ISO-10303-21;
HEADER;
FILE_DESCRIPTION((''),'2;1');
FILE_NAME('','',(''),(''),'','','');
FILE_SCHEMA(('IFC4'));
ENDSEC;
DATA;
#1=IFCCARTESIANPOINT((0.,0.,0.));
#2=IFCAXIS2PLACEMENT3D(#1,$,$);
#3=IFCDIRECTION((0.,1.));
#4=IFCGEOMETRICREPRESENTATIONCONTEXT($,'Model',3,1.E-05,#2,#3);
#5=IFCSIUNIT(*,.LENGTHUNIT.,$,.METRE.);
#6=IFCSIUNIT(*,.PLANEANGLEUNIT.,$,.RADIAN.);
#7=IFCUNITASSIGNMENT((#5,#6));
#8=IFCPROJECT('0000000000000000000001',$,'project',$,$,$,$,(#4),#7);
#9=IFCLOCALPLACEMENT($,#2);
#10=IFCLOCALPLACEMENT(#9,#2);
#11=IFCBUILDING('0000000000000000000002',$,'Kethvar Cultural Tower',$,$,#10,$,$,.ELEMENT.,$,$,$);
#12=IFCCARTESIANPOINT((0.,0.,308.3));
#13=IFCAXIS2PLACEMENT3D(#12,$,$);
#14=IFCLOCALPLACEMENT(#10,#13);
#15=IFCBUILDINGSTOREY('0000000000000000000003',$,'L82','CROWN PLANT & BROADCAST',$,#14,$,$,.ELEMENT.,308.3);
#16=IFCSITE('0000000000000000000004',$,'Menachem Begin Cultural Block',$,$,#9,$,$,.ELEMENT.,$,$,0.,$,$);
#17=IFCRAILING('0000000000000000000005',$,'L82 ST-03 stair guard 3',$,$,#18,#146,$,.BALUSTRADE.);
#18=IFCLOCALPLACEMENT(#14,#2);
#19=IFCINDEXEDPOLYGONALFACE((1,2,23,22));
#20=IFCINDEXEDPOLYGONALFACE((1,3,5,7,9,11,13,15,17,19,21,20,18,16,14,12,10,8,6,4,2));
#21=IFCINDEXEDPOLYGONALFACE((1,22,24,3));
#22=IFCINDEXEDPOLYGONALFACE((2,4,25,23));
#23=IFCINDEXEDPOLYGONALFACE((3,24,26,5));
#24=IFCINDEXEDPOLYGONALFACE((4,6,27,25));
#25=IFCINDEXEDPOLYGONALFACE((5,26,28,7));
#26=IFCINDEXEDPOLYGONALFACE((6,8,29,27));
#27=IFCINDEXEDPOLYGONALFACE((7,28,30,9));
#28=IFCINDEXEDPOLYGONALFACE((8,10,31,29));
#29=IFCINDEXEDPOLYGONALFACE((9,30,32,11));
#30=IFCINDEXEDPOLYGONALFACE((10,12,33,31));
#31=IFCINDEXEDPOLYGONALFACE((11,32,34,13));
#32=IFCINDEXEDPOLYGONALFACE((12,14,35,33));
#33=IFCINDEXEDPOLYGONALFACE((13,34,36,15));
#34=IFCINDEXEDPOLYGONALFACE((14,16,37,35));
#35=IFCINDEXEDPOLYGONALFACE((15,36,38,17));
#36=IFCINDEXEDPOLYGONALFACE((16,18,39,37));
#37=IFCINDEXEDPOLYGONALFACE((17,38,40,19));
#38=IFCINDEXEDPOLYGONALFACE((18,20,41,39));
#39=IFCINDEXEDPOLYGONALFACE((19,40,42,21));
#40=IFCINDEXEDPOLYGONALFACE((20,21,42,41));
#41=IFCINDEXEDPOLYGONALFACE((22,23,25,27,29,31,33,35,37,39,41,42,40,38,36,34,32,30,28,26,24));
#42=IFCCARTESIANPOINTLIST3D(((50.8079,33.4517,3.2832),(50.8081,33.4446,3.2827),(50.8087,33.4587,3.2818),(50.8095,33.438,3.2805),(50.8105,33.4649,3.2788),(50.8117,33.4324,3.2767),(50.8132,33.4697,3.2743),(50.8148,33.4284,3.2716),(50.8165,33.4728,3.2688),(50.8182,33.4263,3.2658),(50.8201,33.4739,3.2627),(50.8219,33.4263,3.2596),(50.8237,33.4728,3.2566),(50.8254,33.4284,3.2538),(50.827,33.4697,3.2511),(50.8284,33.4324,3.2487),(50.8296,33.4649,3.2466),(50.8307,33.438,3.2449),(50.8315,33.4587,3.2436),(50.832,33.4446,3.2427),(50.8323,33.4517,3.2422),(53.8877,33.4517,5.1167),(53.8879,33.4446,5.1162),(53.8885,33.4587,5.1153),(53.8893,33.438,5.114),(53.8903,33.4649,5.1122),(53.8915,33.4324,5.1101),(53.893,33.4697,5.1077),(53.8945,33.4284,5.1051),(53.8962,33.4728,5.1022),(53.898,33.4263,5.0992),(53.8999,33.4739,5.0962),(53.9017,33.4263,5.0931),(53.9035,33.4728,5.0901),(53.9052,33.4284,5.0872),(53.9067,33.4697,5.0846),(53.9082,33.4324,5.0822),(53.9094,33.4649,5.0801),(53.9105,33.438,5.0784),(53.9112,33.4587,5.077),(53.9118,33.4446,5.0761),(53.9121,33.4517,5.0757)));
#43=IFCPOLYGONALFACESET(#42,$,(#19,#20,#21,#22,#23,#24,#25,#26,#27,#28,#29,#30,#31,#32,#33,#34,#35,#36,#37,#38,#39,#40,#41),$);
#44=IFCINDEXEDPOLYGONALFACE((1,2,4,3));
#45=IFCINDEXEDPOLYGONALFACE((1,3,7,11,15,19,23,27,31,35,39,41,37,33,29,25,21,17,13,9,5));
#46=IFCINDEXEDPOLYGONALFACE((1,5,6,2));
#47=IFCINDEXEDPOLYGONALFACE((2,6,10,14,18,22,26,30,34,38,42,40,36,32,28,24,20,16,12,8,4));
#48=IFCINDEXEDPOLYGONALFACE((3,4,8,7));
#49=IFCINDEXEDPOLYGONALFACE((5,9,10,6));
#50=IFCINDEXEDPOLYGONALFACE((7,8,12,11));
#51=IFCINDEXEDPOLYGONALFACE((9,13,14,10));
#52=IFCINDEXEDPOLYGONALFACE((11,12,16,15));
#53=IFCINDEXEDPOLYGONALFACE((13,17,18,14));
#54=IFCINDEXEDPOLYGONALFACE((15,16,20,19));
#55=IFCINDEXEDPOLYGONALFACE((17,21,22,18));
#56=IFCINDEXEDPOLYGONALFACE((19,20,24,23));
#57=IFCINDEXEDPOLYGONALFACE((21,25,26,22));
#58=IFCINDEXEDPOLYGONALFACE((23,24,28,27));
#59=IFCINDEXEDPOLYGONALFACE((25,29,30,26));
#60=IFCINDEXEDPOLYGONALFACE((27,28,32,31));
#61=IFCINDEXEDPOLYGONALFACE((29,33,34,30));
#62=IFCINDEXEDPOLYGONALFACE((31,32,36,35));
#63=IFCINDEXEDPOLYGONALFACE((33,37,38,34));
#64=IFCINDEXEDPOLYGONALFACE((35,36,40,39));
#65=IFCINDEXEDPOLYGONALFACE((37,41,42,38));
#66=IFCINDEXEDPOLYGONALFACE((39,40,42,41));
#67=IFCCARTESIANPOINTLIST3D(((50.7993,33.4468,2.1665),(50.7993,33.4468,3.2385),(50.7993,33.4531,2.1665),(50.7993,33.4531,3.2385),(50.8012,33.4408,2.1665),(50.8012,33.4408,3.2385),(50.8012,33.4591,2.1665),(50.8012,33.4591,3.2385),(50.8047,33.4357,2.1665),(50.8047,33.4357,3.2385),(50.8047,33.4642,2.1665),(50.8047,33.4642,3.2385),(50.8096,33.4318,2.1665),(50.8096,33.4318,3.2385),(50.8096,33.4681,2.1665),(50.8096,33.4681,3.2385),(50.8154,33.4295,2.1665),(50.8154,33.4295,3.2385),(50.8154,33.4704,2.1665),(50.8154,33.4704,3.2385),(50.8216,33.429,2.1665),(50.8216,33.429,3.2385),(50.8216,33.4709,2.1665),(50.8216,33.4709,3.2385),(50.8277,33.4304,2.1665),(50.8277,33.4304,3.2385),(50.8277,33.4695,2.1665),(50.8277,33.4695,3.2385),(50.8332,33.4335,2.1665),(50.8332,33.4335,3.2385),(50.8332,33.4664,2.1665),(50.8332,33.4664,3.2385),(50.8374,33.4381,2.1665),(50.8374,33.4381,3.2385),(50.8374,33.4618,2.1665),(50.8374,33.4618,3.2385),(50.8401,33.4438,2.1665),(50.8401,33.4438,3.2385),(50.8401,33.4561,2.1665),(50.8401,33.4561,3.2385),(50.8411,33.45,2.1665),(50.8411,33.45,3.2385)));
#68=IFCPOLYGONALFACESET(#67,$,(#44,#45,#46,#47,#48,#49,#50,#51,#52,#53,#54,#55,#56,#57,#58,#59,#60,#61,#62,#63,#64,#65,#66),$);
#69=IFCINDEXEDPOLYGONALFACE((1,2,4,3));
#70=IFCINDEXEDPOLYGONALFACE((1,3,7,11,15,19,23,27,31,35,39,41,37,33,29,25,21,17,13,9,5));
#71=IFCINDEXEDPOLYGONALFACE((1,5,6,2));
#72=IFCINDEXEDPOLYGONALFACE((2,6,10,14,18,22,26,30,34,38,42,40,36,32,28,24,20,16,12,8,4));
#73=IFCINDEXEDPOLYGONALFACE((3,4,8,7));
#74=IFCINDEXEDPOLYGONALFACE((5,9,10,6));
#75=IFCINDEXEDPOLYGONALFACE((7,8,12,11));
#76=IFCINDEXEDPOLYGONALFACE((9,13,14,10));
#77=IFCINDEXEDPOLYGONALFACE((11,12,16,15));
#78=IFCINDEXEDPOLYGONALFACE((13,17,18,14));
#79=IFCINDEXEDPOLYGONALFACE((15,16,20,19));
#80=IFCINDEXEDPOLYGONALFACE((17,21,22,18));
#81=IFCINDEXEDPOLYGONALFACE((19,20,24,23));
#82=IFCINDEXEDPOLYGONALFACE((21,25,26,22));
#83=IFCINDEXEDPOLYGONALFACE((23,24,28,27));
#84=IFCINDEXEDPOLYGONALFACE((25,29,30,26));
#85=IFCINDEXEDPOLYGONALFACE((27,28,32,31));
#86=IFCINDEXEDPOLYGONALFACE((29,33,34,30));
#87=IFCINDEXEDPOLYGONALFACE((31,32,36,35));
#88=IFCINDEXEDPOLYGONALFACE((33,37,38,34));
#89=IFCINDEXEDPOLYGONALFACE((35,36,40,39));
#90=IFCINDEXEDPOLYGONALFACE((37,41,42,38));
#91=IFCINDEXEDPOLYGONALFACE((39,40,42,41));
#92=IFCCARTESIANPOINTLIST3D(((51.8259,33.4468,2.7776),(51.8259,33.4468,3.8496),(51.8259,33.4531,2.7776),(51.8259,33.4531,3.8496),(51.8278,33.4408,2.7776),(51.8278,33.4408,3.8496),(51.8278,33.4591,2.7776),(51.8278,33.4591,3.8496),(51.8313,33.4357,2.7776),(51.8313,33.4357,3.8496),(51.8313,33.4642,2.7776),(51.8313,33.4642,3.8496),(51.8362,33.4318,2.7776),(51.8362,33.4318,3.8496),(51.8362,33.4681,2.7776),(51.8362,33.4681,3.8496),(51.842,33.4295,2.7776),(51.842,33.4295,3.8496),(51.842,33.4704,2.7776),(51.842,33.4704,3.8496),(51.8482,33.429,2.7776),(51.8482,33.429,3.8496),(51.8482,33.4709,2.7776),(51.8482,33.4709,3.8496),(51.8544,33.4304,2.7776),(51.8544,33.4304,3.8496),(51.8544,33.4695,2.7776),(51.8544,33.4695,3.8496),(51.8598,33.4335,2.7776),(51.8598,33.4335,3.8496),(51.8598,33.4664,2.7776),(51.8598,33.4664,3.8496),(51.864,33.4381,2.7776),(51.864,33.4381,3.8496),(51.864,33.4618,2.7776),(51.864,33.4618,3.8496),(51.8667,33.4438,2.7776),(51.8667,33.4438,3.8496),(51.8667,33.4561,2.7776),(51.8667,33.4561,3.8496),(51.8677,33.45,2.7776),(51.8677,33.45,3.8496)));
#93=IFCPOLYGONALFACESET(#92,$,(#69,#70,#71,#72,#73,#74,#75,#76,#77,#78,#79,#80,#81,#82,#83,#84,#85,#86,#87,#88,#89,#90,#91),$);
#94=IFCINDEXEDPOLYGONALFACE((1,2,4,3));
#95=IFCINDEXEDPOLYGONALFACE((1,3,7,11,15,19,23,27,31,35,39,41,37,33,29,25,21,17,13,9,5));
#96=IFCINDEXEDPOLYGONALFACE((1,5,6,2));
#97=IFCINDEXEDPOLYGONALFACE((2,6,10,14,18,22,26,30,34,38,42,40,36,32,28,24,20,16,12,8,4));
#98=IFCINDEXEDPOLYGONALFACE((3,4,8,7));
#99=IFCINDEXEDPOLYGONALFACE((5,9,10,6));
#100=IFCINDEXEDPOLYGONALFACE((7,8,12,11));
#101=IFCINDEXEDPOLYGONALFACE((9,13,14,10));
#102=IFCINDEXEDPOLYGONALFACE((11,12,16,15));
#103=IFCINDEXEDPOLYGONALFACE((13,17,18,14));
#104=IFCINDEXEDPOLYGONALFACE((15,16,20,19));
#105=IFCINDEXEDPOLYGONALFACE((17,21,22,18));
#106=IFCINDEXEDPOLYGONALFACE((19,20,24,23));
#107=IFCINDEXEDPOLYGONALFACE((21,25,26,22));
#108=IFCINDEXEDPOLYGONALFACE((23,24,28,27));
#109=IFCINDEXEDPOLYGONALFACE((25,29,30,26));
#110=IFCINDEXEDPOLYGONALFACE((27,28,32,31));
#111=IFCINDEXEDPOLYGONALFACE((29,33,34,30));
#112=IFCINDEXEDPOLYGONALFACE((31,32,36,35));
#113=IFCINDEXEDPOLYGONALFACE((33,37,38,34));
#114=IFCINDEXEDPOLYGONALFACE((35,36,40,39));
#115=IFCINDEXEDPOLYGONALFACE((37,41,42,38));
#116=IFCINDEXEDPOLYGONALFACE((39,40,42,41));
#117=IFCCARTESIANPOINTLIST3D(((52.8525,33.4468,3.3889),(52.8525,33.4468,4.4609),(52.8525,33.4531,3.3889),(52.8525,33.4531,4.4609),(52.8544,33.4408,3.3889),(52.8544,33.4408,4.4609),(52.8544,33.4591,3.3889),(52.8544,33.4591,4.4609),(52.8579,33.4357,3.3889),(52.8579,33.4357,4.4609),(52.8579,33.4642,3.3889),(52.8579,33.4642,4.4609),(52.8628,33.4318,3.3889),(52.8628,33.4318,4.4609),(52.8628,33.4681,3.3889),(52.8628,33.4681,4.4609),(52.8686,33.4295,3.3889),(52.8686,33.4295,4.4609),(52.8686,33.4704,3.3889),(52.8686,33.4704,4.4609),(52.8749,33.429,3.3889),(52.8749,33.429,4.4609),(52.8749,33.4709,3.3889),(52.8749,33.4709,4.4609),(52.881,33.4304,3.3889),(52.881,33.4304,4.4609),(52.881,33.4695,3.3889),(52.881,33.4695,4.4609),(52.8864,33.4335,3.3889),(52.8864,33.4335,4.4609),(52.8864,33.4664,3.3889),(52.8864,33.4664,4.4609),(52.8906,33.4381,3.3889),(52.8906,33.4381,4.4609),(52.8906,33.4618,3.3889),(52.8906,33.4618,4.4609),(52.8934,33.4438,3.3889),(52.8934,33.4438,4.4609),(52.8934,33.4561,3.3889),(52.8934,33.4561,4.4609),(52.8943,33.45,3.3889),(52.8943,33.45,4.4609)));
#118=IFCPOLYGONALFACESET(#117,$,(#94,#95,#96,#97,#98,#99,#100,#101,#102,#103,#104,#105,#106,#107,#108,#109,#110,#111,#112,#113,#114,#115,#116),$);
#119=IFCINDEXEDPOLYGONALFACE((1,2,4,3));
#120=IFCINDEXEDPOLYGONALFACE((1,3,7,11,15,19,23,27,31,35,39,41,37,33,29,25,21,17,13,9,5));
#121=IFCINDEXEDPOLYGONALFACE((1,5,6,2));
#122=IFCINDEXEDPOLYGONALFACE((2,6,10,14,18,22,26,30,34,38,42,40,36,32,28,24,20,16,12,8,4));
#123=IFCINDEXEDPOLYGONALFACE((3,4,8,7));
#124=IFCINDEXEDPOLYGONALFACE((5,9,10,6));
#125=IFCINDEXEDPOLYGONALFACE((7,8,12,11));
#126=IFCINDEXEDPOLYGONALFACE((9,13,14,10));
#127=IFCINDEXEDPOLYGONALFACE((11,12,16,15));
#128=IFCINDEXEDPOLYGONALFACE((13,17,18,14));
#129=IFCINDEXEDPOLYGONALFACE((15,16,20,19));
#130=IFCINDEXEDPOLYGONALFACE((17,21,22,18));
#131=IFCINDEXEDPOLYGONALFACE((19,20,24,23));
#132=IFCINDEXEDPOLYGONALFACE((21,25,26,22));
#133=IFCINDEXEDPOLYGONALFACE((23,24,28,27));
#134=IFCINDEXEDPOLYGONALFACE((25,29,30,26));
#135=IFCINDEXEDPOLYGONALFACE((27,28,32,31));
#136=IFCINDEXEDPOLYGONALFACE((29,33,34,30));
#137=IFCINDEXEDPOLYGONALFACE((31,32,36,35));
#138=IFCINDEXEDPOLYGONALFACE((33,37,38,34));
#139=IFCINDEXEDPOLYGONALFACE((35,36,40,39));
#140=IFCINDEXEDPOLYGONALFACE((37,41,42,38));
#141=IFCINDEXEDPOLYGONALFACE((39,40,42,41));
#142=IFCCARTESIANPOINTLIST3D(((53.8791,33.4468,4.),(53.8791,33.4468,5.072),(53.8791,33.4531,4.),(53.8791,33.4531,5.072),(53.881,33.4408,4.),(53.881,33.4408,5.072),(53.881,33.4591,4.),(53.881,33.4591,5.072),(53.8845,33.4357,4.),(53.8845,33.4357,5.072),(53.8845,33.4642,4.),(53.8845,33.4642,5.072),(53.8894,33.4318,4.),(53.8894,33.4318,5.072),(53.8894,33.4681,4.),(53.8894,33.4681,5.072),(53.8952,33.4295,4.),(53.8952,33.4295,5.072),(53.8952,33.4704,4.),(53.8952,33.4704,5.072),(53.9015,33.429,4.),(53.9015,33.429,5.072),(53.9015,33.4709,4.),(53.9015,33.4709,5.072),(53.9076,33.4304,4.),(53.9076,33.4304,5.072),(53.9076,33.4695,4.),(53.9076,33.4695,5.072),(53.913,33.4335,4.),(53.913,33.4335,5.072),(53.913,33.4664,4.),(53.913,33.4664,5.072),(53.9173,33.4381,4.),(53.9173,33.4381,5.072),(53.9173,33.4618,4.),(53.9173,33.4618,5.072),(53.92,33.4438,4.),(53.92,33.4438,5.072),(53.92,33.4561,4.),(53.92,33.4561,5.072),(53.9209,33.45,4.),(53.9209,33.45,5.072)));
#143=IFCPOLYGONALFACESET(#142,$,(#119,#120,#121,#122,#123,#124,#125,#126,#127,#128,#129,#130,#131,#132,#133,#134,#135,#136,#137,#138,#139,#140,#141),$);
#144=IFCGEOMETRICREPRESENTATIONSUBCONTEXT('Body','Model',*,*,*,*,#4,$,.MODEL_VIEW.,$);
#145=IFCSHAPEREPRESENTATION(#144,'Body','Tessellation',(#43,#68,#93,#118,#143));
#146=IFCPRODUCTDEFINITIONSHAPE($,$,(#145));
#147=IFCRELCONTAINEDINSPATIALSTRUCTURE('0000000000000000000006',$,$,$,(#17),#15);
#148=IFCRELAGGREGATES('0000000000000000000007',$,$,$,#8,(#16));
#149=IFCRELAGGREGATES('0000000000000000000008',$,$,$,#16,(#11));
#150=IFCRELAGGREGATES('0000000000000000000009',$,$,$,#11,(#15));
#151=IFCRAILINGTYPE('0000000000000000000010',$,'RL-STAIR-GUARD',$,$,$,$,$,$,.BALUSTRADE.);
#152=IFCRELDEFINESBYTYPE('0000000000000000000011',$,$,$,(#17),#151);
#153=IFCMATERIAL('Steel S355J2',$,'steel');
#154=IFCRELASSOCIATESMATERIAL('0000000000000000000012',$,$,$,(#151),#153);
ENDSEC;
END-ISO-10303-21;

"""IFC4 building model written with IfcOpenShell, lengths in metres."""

from ifc_helpers import new_model, si_unit, direction, frame, origin, origin_2d, place, context, subcontext, project, spatial, circle, extrude, material, type_object, element, save


model = new_model("IFC4")

# Units and contexts
model_context = context("Model", 3, precision=1e-05, world=origin(), true_north=direction((0.0, 1.0)))
body_context = subcontext(model_context, "Body", "Model", "MODEL_VIEW")
ifc_project = project(units=[si_unit("LENGTHUNIT", "METRE"), si_unit("PLANEANGLEUNIT", "RADIAN")], contexts=[model_context])

# Site, building, storey
site_placement = place(None, origin())
site = spatial("IfcSite", under=ifc_project, at=site_placement, Name="Menachem Begin Cultural Block", CompositionType="ELEMENT", RefElevation=0.0)
building_placement = place(site_placement, origin())
building = spatial("IfcBuilding", under=site, at=building_placement, Name="Kethvar Cultural Tower", CompositionType="ELEMENT")
storey_placement = place(building_placement, frame((0.0, 0.0, 308.3)))
storey = spatial("IfcBuildingStorey", under=building, at=storey_placement, Name="L82", Description="CROWN PLANT & BROADCAST", CompositionType="ELEMENT", Elevation=308.3)

# Shared definitions
ifc_material_1 = material(Name="Steel S355J2", Category="steel")

# Railing
railing_type_1 = type_object("IfcRailingType", Name="RL-STAIR-GUARD", PredefinedType="BALUSTRADE", material=ifc_material_1)
railing_1_placement = place(storey_placement, frame((50.8201, 33.45, 2.1665)))
element("IfcRailing", 1, at=railing_1_placement, inside=storey, type_object=railing_type_1, Name="L82 ST-03 stair guard 3", PredefinedType="BALUSTRADE", context=body_context, shape_type="SweptSolid", body=[
    extrude(circle(Radius=0.0239, at=origin_2d()), frame((0.0, 0.0, 1.0962), z_axis=(0.859261, 0.0, 0.511538), x_axis=(0.0, 1.0, 0.0)), (0.0, 0.0, 1.0), 3.5842),
    extrude(circle(Radius=0.021, at=origin_2d()), origin(), (0.0, 0.0, 1.0), 1.072),
    extrude(circle(Radius=0.021, at=origin_2d()), frame((1.0266, 0.0, 0.6111)), (0.0, 0.0, 1.0), 1.072),
    extrude(circle(Radius=0.021, at=origin_2d()), frame((2.0532, 0.0, 1.2224)), (0.0, 0.0, 1.0), 1.072),
    extrude(circle(Radius=0.021, at=origin_2d()), frame((3.0798, 0.0, 1.8335)), (0.0, 0.0, 1.0), 1.072),
])

save(model, "model.ifc")
